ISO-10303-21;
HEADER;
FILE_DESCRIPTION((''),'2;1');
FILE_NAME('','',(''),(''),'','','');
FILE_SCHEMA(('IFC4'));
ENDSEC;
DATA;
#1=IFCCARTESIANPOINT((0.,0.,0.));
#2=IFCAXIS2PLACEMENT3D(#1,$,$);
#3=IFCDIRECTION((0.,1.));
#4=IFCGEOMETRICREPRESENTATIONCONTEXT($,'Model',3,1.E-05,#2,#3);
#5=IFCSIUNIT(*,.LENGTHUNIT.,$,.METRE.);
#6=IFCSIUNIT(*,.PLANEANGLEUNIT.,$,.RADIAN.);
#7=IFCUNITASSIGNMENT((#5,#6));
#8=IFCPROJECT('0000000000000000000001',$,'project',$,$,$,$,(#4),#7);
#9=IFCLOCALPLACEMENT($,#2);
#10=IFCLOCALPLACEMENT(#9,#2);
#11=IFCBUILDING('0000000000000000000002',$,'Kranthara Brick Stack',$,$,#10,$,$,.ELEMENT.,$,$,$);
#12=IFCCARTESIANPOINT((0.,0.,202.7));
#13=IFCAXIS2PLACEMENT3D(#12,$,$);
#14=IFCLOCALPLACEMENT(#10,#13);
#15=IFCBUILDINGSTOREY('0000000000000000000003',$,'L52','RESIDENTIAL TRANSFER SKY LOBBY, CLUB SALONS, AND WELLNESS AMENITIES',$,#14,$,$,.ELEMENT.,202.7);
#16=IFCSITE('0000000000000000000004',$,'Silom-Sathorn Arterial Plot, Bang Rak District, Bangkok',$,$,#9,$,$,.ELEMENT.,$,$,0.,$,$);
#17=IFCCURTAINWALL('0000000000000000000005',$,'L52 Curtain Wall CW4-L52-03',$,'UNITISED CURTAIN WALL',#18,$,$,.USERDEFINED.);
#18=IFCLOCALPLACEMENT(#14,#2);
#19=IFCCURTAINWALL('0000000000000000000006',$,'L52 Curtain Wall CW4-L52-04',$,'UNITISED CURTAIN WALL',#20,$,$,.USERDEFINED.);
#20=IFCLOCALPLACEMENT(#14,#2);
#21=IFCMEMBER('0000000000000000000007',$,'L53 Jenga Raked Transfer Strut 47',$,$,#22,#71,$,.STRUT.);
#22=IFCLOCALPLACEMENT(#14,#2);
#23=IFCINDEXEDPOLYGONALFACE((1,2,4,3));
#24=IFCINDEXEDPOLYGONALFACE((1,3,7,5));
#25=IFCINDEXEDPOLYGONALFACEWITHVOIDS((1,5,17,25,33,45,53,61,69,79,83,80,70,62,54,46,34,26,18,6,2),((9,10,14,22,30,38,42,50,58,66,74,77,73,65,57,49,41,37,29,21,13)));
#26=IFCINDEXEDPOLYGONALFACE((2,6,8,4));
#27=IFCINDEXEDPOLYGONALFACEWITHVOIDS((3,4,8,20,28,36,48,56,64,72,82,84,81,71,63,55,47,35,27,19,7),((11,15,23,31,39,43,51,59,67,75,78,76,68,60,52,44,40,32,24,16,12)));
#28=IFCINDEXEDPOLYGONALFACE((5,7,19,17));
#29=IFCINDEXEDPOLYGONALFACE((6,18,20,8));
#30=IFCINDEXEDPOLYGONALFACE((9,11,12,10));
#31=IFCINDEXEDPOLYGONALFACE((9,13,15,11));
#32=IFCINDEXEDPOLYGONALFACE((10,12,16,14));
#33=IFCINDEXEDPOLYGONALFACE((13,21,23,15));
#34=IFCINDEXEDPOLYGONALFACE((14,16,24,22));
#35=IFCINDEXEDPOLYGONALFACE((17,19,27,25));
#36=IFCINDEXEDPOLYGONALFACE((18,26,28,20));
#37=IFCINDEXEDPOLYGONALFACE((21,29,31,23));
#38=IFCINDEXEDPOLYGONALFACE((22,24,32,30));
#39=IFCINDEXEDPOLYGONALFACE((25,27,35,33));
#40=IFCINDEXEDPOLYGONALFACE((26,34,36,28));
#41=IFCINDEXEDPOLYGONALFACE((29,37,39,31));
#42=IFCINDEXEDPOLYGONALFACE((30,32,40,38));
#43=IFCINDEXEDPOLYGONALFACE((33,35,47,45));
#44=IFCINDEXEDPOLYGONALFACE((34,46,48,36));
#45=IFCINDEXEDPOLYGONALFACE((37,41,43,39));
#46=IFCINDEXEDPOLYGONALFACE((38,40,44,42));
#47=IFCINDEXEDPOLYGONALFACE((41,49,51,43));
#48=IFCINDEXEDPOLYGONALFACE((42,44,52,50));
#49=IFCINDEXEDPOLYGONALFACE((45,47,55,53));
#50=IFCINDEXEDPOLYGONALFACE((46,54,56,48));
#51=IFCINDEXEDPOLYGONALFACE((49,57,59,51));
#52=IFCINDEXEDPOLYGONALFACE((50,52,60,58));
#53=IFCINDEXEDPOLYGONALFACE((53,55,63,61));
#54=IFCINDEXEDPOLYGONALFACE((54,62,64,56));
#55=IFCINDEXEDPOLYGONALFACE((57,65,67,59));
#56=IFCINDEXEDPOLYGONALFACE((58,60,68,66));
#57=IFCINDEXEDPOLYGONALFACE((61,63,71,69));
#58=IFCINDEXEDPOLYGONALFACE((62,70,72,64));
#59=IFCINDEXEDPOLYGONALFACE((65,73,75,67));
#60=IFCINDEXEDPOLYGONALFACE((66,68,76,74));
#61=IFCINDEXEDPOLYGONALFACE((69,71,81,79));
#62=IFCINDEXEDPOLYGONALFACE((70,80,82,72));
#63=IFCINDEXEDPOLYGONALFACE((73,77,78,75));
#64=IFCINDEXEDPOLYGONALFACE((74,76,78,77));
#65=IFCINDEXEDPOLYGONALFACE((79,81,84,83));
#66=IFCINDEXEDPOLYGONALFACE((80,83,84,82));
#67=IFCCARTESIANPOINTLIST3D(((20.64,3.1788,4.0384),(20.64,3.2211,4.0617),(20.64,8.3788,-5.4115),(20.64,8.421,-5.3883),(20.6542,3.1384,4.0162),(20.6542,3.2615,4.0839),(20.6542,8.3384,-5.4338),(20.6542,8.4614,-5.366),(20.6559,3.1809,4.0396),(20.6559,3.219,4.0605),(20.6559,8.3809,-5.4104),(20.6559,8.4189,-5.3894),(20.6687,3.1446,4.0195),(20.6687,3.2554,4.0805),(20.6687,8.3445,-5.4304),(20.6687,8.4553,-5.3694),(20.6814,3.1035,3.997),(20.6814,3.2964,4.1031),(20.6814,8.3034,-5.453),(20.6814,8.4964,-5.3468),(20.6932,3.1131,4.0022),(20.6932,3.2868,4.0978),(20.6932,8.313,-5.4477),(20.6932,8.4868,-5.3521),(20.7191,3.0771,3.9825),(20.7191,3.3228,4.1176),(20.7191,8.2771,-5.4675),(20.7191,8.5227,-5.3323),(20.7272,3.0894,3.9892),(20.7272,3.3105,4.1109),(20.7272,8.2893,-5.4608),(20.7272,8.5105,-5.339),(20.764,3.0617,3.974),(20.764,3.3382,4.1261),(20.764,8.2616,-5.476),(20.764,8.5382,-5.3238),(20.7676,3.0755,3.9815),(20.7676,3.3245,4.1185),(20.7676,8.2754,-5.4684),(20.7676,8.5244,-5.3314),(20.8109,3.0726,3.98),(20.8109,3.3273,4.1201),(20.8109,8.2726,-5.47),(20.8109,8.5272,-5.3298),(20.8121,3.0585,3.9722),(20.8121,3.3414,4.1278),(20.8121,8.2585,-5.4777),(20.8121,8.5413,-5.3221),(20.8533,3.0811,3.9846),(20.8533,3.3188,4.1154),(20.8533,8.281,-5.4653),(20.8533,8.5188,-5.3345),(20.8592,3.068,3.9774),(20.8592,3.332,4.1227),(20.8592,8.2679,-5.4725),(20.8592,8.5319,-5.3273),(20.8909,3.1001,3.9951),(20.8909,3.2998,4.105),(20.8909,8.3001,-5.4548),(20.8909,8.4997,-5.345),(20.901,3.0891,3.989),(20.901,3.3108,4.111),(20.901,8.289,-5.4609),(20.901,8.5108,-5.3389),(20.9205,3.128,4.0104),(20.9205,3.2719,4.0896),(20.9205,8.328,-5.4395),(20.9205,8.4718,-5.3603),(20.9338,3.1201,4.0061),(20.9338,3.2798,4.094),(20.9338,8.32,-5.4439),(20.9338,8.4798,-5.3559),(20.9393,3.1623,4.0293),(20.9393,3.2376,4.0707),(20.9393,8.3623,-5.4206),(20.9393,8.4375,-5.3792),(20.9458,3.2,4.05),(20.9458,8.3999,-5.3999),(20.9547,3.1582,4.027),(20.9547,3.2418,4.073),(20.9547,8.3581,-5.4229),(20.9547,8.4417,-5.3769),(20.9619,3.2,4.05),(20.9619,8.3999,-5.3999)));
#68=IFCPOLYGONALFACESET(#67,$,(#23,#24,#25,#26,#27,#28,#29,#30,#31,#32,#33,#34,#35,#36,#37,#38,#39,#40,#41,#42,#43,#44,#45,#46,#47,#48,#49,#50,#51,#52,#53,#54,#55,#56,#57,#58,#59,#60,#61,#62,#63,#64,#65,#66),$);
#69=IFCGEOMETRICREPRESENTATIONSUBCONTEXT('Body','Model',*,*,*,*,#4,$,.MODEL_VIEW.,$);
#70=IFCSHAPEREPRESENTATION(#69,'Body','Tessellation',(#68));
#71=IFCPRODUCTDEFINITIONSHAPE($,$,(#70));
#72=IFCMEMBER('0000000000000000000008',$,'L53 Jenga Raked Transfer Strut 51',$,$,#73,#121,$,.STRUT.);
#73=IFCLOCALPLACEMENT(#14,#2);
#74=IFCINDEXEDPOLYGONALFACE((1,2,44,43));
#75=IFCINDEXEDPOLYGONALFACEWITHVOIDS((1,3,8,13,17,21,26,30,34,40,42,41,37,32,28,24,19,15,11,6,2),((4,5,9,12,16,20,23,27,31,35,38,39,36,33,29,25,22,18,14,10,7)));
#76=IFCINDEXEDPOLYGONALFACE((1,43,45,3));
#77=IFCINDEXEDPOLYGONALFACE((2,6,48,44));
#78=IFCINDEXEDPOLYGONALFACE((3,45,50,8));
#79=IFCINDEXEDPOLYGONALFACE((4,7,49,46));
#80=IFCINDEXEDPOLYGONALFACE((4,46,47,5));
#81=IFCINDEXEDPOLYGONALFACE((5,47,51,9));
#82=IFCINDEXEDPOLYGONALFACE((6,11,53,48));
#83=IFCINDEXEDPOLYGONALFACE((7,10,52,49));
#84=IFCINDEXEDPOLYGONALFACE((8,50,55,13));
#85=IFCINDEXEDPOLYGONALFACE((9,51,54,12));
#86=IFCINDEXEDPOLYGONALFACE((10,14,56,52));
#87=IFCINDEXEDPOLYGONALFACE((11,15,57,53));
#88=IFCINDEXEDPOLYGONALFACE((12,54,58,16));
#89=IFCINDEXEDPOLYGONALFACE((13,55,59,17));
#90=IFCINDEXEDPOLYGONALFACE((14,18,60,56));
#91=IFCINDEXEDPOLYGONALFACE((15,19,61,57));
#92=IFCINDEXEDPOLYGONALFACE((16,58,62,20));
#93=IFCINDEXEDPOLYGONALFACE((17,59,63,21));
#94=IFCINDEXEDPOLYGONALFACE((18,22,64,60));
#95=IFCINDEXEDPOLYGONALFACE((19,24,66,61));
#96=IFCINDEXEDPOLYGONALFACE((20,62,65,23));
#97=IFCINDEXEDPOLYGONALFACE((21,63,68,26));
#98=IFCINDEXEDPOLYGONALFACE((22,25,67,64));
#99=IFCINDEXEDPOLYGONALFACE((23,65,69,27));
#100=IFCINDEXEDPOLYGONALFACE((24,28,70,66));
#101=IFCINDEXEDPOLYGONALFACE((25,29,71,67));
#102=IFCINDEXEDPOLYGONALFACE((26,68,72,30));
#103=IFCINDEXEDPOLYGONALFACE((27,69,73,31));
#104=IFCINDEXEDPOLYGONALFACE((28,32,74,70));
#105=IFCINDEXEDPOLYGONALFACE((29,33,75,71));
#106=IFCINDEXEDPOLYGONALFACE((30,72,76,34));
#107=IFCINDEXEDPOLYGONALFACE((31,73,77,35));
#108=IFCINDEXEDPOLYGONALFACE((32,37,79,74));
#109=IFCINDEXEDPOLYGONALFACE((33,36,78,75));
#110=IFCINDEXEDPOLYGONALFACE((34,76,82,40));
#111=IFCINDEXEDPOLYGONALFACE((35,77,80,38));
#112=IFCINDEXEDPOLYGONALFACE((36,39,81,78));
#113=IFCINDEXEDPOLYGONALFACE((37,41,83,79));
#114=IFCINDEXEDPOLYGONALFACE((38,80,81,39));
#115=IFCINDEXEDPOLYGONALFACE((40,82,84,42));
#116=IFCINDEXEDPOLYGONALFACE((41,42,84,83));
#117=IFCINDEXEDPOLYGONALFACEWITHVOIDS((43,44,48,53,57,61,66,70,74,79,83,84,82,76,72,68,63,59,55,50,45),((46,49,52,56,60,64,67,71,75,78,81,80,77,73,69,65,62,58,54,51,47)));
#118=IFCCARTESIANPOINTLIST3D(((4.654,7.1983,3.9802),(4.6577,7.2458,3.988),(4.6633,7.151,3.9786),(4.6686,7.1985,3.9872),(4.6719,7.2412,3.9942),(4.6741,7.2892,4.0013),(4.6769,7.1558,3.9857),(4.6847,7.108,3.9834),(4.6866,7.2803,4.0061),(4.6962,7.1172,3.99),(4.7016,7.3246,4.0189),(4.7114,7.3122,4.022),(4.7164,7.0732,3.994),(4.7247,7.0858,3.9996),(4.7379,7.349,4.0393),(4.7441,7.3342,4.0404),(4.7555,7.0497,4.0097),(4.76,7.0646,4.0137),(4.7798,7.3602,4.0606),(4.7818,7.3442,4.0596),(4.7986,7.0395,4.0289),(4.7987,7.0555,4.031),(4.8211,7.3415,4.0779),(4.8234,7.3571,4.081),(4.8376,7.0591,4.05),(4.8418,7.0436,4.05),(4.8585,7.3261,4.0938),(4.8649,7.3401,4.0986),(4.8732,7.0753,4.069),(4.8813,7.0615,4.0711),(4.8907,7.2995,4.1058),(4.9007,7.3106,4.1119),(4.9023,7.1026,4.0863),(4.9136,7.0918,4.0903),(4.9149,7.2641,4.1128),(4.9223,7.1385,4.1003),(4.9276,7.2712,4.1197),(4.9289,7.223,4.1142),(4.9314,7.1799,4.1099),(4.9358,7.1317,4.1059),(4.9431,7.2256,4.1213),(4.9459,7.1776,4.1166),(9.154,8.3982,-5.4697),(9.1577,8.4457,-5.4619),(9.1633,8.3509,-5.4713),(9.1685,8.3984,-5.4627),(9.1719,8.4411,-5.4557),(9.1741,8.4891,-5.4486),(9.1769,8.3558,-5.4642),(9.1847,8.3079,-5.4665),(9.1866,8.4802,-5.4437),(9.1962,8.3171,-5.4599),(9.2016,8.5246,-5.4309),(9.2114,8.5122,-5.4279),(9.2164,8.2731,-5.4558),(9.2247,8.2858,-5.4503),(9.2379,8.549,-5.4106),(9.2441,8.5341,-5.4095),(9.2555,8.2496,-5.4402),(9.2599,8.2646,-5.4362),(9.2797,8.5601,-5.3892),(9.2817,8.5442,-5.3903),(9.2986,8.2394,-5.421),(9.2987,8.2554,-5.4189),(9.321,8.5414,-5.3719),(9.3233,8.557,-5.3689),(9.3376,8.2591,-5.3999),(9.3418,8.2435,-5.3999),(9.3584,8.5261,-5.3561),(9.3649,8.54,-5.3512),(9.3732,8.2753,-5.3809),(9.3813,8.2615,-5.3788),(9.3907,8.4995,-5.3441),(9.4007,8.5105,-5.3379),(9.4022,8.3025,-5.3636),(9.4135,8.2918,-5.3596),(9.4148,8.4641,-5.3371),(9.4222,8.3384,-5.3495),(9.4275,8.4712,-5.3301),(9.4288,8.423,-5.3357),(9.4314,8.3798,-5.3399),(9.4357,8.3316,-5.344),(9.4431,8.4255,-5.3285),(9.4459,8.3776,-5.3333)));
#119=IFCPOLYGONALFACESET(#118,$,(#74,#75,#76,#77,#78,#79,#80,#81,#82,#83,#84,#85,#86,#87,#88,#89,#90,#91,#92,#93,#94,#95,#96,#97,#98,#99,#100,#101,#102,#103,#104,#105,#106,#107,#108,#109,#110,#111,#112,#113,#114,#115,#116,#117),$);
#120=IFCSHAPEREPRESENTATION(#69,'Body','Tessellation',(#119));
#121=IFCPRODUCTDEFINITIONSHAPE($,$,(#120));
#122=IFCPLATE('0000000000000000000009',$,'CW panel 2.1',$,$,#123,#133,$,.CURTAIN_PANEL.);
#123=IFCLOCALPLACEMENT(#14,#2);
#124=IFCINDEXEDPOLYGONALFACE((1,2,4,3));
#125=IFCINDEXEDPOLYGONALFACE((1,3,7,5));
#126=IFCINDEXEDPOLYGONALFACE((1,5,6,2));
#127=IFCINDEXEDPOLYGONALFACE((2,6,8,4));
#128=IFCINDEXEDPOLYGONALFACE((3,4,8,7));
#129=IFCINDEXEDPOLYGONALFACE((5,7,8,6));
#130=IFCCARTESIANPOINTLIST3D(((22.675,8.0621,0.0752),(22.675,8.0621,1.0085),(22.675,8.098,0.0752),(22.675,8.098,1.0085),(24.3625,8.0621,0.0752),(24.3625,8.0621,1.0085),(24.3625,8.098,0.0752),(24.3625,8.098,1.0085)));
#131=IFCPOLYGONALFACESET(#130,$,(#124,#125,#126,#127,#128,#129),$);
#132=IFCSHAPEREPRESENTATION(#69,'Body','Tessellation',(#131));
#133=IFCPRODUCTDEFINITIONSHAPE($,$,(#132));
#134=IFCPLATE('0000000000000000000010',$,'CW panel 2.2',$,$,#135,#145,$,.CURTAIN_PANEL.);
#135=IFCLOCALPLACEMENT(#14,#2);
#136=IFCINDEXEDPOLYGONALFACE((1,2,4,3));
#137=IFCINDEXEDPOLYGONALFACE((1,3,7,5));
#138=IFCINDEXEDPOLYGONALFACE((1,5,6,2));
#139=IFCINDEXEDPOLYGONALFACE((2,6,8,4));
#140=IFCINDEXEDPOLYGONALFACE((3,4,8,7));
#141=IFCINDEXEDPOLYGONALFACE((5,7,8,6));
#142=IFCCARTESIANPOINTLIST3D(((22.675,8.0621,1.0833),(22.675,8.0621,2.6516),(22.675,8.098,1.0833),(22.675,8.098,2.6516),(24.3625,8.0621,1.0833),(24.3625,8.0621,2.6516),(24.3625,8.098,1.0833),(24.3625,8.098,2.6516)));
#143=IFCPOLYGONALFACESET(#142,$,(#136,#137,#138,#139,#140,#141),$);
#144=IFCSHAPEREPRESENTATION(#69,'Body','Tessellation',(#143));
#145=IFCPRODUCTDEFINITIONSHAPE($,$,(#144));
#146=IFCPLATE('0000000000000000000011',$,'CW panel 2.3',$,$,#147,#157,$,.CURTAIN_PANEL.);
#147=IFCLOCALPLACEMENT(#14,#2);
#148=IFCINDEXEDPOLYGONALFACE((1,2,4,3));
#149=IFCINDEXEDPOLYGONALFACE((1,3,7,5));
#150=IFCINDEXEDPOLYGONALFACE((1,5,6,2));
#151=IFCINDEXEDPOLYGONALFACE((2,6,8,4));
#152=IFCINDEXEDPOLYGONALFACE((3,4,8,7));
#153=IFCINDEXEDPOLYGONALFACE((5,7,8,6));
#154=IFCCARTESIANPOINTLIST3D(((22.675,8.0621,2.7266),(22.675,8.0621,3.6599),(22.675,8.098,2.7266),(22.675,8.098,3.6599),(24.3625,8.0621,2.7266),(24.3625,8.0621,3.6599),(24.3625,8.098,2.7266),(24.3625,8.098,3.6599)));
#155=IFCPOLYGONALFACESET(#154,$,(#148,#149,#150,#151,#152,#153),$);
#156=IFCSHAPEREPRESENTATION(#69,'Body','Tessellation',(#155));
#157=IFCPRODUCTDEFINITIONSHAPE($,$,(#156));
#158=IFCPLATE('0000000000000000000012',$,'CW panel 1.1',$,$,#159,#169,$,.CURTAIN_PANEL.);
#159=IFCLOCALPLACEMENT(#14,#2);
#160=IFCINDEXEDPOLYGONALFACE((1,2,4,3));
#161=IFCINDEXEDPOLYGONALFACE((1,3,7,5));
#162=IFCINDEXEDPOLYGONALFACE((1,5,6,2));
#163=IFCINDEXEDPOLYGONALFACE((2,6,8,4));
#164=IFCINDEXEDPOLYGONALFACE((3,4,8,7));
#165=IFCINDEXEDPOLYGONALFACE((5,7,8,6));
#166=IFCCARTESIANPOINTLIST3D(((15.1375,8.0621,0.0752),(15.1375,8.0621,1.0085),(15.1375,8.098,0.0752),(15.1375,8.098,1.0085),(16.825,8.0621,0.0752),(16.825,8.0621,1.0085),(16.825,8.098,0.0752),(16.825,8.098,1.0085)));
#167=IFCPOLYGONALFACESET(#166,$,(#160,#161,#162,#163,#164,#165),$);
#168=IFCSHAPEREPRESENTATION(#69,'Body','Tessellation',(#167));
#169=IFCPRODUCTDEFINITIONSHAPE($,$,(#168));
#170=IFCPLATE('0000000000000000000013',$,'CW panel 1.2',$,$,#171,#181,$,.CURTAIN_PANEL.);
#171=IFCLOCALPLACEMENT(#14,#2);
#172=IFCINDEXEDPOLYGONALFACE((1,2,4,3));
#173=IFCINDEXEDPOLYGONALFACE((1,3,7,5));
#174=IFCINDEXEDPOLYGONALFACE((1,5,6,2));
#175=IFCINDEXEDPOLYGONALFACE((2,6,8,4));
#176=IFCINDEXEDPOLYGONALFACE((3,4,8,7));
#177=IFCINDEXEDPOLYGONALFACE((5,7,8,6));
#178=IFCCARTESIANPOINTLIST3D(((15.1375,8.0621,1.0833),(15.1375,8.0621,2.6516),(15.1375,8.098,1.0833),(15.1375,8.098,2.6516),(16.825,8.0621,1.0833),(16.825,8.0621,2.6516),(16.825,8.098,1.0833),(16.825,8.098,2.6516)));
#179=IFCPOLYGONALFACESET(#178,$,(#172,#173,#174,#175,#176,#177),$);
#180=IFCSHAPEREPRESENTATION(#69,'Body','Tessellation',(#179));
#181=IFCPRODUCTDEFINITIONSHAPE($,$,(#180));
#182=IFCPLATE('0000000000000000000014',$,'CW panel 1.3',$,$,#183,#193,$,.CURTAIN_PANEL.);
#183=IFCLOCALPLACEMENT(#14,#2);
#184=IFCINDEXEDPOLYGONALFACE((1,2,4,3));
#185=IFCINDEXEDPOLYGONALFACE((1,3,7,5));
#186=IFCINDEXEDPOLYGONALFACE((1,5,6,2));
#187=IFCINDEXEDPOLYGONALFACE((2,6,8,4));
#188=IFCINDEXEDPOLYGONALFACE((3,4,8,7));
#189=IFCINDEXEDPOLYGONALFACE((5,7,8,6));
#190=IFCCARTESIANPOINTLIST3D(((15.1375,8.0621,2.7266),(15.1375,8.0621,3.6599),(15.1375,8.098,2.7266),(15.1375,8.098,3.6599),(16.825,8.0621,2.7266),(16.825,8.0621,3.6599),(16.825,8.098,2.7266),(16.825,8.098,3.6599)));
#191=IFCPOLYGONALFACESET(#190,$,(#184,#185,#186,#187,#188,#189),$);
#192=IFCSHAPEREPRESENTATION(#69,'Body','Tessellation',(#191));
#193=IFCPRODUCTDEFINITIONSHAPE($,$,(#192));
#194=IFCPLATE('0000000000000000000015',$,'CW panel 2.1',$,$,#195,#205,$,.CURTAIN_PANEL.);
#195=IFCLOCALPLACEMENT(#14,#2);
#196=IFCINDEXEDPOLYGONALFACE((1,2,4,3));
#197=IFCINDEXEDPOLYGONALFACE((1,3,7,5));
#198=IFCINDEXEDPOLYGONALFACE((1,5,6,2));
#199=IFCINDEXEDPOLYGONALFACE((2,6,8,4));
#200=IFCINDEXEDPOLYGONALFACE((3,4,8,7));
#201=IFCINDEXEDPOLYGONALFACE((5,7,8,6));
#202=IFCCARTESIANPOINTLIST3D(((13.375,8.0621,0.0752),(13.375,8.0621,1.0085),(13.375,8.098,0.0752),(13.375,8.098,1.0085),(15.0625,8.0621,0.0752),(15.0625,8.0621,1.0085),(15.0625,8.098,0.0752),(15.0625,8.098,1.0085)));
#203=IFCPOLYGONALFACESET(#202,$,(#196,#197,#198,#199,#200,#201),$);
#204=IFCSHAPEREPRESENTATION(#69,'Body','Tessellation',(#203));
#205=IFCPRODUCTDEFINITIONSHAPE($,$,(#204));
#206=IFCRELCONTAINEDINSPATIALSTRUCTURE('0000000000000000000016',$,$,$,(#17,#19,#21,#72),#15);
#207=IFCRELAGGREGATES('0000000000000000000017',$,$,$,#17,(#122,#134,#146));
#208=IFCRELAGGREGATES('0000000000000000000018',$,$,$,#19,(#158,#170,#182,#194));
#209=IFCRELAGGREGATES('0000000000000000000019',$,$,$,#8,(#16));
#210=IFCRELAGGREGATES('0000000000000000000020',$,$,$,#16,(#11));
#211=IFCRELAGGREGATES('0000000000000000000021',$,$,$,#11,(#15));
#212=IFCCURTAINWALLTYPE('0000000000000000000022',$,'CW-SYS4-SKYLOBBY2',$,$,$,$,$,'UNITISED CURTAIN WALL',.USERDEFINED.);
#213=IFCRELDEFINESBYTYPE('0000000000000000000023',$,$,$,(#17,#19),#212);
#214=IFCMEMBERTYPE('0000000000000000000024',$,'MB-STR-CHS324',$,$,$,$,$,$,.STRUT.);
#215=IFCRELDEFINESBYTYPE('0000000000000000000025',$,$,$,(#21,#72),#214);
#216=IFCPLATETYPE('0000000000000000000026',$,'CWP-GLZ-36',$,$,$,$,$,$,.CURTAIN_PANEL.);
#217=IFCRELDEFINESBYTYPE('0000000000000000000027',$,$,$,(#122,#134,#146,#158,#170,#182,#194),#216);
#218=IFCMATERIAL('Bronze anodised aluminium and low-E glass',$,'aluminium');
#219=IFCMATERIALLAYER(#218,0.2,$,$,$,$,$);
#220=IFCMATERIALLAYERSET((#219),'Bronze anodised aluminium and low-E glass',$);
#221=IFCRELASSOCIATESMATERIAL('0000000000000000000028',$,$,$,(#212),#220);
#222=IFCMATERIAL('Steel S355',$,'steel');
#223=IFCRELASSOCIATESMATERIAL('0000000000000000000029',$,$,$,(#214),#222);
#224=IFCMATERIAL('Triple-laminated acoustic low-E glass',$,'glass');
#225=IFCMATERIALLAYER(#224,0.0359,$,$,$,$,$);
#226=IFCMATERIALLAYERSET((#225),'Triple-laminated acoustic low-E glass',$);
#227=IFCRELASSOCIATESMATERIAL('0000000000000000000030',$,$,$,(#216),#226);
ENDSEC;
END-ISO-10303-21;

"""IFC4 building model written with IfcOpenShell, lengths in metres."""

from ifc_helpers import new_model, si_unit, direction, frame, origin, origin_2d, place, context, subcontext, project, spatial, rectangle, hollow_circle, extrude, material, layer, layer_set, material_profile, profile_set, type_object, element, aggregate, save


model = new_model("IFC4")

# Units and contexts
model_context = context("Model", 3, precision=1e-05, world=origin(), true_north=direction((0.0, 1.0)))
body_context = subcontext(model_context, "Body", "Model", "MODEL_VIEW")
ifc_project = project(units=[si_unit("LENGTHUNIT", "METRE"), si_unit("PLANEANGLEUNIT", "RADIAN")], contexts=[model_context])

# Site, building, storey
site_placement = place(None, origin())
site = spatial("IfcSite", under=ifc_project, at=site_placement, Name="Silom-Sathorn Arterial Plot, Bang Rak District, Bangkok", CompositionType="ELEMENT", RefElevation=0.0)
building_placement = place(site_placement, origin())
building = spatial("IfcBuilding", under=site, at=building_placement, Name="Kranthara Brick Stack", CompositionType="ELEMENT")
storey_placement = place(building_placement, frame((0.0, 0.0, 202.7)))
storey = spatial("IfcBuildingStorey", under=building, at=storey_placement, Name="L52", Description="RESIDENTIAL TRANSFER SKY LOBBY, CLUB SALONS, AND WELLNESS AMENITIES", CompositionType="ELEMENT", Elevation=202.7)

# Curtain wall
ifc_material_1 = material(Name="Bronze anodised aluminium and low-E glass", Category="aluminium")
ifc_layer_1 = layer(ifc_material_1, 0.2)
ifc_layer_set_1 = layer_set([ifc_layer_1], Name="Bronze anodised aluminium and low-E glass")
curtain_wall_type = type_object("IfcCurtainWallType", Name="CW-SYS4-SKYLOBBY2", ElementType="UNITISED CURTAIN WALL", PredefinedType="USERDEFINED", material=ifc_layer_set_1)
curtain_wall_1_placement = place(storey_placement, origin())
curtain_wall_1 = element("IfcCurtainWall", 1, at=curtain_wall_1_placement, inside=storey, type_object=curtain_wall_type, Name="L52 Curtain Wall CW4-L52-03", ObjectType="UNITISED CURTAIN WALL", PredefinedType="USERDEFINED")

# Curtain wall
curtain_wall_2_placement = place(storey_placement, origin())
curtain_wall_2 = element("IfcCurtainWall", 2, at=curtain_wall_2_placement, inside=storey, type_object=curtain_wall_type, Name="L52 Curtain Wall CW4-L52-04", ObjectType="UNITISED CURTAIN WALL", PredefinedType="USERDEFINED")

# Members
ifc_material_2 = material(Name="Steel S355", Category="steel")
ifc_material_profile_1 = material_profile(ifc_material_2, hollow_circle(Radius=0.1619, WallThickness=0.0161, at=origin_2d()), Name="CHS 323.9x16")
ifc_profile_set_1 = profile_set([ifc_material_profile_1], Name="Steel S355")
member_type_1 = type_object("IfcMemberType", Name="MB-STR-CHS324", PredefinedType="STRUT", material=ifc_profile_set_1)
member_1_placement = place(storey_placement, frame((20.8, 8.3999, -5.3999), z_axis=(0.0, -0.482095, 0.876119), x_axis=(1.0, 0.0, 0.0)))
element("IfcMember", 3, at=member_1_placement, inside=storey, type_object=member_type_1, Name="L53 Jenga Raked Transfer Strut 47", PredefinedType="STRUT", context=body_context, shape_type="SweptSolid", body=[
    extrude(hollow_circle(Radius=0.1619, WallThickness=0.0161, at=origin_2d()), origin(), (0.0, 0.0, 1.0), 10.7861),
])
member_2_placement = place(storey_placement, frame((9.3, 8.3999, -5.3999), z_axis=(-0.427138, -0.113899, 0.896984), x_axis=(0.257653, -0.966238, 0.0)))
element("IfcMember", 4, at=member_2_placement, inside=storey, type_object=member_type_1, Name="L53 Jenga Raked Transfer Strut 51", PredefinedType="STRUT", context=body_context, shape_type="SweptSolid", body=[
    extrude(hollow_circle(Radius=0.1619, WallThickness=0.0161, at=origin_2d()), origin(), (0.0, 0.0, 1.0), 10.5352),
])

# Plates
ifc_material_3 = material(Name="Triple-laminated acoustic low-E glass", Category="glass")
ifc_layer_2 = layer(ifc_material_3, 0.0359)
ifc_layer_set_2 = layer_set([ifc_layer_2], Name="Triple-laminated acoustic low-E glass")
plate_type_1 = type_object("IfcPlateType", Name="CWP-GLZ-36", PredefinedType="CURTAIN_PANEL", material=ifc_layer_set_2)
plate_1_placement = place(storey_placement, frame((23.5188, 8.0801, 0.0752), z_axis=(0.0, 0.0, 1.0), x_axis=(-1.0, 0.0, 0.0)))
plate_1 = element("IfcPlate", 5, at=plate_1_placement, type_object=plate_type_1, Name="CW panel 2.1", PredefinedType="CURTAIN_PANEL", context=body_context, shape_type="SweptSolid", body=[
    extrude(rectangle(XDim=1.6875, YDim=0.0359, at=origin_2d()), origin(), (0.0, 0.0, 1.0), 0.9333),
])
plate_2_placement = place(storey_placement, frame((23.5188, 8.0801, 1.0833), z_axis=(0.0, 0.0, 1.0), x_axis=(-1.0, 0.0, 0.0)))
plate_2 = element("IfcPlate", 6, at=plate_2_placement, type_object=plate_type_1, Name="CW panel 2.2", PredefinedType="CURTAIN_PANEL", context=body_context, shape_type="SweptSolid", body=[
    extrude(rectangle(XDim=1.6875, YDim=0.0359, at=origin_2d()), origin(), (0.0, 0.0, 1.0), 1.5684),
])
plate_3_placement = place(storey_placement, frame((23.5188, 8.0801, 2.7266), z_axis=(0.0, 0.0, 1.0), x_axis=(-1.0, 0.0, 0.0)))
plate_3 = element("IfcPlate", 7, at=plate_3_placement, type_object=plate_type_1, Name="CW panel 2.3", PredefinedType="CURTAIN_PANEL", context=body_context, shape_type="SweptSolid", body=[
    extrude(rectangle(XDim=1.6875, YDim=0.0359, at=origin_2d()), origin(), (0.0, 0.0, 1.0), 0.9333),
])
aggregate(curtain_wall_1, [plate_1, plate_2, plate_3])
plate_4_placement = place(storey_placement, frame((15.9812, 8.0801, 0.0752), z_axis=(0.0, 0.0, 1.0), x_axis=(-1.0, 0.0, 0.0)))
plate_4 = element("IfcPlate", 8, at=plate_4_placement, type_object=plate_type_1, Name="CW panel 1.1", PredefinedType="CURTAIN_PANEL", context=body_context, shape_type="SweptSolid", body=[
    extrude(rectangle(XDim=1.6875, YDim=0.0359, at=origin_2d()), origin(), (0.0, 0.0, 1.0), 0.9333),
])
plate_5_placement = place(storey_placement, frame((15.9812, 8.0801, 1.0833), z_axis=(0.0, 0.0, 1.0), x_axis=(-1.0, 0.0, 0.0)))
plate_5 = element("IfcPlate", 9, at=plate_5_placement, type_object=plate_type_1, Name="CW panel 1.2", PredefinedType="CURTAIN_PANEL", context=body_context, shape_type="SweptSolid", body=[
    extrude(rectangle(XDim=1.6875, YDim=0.0359, at=origin_2d()), origin(), (0.0, 0.0, 1.0), 1.5684),
])
plate_6_placement = place(storey_placement, frame((15.9812, 8.0801, 2.7266), z_axis=(0.0, 0.0, 1.0), x_axis=(-1.0, 0.0, 0.0)))
plate_6 = element("IfcPlate", 10, at=plate_6_placement, type_object=plate_type_1, Name="CW panel 1.3", PredefinedType="CURTAIN_PANEL", context=body_context, shape_type="SweptSolid", body=[
    extrude(rectangle(XDim=1.6875, YDim=0.0359, at=origin_2d()), origin(), (0.0, 0.0, 1.0), 0.9333),
])
plate_7_placement = place(storey_placement, frame((14.2188, 8.0801, 0.0752), z_axis=(0.0, 0.0, 1.0), x_axis=(-1.0, 0.0, 0.0)))
plate_7 = element("IfcPlate", 11, at=plate_7_placement, type_object=plate_type_1, Name="CW panel 2.1", PredefinedType="CURTAIN_PANEL", context=body_context, shape_type="SweptSolid", body=[
    extrude(rectangle(XDim=1.6875, YDim=0.0359, at=origin_2d()), origin(), (0.0, 0.0, 1.0), 0.9333),
])
aggregate(curtain_wall_2, [plate_4, plate_5, plate_6, plate_7])

save(model, "model.ifc")
